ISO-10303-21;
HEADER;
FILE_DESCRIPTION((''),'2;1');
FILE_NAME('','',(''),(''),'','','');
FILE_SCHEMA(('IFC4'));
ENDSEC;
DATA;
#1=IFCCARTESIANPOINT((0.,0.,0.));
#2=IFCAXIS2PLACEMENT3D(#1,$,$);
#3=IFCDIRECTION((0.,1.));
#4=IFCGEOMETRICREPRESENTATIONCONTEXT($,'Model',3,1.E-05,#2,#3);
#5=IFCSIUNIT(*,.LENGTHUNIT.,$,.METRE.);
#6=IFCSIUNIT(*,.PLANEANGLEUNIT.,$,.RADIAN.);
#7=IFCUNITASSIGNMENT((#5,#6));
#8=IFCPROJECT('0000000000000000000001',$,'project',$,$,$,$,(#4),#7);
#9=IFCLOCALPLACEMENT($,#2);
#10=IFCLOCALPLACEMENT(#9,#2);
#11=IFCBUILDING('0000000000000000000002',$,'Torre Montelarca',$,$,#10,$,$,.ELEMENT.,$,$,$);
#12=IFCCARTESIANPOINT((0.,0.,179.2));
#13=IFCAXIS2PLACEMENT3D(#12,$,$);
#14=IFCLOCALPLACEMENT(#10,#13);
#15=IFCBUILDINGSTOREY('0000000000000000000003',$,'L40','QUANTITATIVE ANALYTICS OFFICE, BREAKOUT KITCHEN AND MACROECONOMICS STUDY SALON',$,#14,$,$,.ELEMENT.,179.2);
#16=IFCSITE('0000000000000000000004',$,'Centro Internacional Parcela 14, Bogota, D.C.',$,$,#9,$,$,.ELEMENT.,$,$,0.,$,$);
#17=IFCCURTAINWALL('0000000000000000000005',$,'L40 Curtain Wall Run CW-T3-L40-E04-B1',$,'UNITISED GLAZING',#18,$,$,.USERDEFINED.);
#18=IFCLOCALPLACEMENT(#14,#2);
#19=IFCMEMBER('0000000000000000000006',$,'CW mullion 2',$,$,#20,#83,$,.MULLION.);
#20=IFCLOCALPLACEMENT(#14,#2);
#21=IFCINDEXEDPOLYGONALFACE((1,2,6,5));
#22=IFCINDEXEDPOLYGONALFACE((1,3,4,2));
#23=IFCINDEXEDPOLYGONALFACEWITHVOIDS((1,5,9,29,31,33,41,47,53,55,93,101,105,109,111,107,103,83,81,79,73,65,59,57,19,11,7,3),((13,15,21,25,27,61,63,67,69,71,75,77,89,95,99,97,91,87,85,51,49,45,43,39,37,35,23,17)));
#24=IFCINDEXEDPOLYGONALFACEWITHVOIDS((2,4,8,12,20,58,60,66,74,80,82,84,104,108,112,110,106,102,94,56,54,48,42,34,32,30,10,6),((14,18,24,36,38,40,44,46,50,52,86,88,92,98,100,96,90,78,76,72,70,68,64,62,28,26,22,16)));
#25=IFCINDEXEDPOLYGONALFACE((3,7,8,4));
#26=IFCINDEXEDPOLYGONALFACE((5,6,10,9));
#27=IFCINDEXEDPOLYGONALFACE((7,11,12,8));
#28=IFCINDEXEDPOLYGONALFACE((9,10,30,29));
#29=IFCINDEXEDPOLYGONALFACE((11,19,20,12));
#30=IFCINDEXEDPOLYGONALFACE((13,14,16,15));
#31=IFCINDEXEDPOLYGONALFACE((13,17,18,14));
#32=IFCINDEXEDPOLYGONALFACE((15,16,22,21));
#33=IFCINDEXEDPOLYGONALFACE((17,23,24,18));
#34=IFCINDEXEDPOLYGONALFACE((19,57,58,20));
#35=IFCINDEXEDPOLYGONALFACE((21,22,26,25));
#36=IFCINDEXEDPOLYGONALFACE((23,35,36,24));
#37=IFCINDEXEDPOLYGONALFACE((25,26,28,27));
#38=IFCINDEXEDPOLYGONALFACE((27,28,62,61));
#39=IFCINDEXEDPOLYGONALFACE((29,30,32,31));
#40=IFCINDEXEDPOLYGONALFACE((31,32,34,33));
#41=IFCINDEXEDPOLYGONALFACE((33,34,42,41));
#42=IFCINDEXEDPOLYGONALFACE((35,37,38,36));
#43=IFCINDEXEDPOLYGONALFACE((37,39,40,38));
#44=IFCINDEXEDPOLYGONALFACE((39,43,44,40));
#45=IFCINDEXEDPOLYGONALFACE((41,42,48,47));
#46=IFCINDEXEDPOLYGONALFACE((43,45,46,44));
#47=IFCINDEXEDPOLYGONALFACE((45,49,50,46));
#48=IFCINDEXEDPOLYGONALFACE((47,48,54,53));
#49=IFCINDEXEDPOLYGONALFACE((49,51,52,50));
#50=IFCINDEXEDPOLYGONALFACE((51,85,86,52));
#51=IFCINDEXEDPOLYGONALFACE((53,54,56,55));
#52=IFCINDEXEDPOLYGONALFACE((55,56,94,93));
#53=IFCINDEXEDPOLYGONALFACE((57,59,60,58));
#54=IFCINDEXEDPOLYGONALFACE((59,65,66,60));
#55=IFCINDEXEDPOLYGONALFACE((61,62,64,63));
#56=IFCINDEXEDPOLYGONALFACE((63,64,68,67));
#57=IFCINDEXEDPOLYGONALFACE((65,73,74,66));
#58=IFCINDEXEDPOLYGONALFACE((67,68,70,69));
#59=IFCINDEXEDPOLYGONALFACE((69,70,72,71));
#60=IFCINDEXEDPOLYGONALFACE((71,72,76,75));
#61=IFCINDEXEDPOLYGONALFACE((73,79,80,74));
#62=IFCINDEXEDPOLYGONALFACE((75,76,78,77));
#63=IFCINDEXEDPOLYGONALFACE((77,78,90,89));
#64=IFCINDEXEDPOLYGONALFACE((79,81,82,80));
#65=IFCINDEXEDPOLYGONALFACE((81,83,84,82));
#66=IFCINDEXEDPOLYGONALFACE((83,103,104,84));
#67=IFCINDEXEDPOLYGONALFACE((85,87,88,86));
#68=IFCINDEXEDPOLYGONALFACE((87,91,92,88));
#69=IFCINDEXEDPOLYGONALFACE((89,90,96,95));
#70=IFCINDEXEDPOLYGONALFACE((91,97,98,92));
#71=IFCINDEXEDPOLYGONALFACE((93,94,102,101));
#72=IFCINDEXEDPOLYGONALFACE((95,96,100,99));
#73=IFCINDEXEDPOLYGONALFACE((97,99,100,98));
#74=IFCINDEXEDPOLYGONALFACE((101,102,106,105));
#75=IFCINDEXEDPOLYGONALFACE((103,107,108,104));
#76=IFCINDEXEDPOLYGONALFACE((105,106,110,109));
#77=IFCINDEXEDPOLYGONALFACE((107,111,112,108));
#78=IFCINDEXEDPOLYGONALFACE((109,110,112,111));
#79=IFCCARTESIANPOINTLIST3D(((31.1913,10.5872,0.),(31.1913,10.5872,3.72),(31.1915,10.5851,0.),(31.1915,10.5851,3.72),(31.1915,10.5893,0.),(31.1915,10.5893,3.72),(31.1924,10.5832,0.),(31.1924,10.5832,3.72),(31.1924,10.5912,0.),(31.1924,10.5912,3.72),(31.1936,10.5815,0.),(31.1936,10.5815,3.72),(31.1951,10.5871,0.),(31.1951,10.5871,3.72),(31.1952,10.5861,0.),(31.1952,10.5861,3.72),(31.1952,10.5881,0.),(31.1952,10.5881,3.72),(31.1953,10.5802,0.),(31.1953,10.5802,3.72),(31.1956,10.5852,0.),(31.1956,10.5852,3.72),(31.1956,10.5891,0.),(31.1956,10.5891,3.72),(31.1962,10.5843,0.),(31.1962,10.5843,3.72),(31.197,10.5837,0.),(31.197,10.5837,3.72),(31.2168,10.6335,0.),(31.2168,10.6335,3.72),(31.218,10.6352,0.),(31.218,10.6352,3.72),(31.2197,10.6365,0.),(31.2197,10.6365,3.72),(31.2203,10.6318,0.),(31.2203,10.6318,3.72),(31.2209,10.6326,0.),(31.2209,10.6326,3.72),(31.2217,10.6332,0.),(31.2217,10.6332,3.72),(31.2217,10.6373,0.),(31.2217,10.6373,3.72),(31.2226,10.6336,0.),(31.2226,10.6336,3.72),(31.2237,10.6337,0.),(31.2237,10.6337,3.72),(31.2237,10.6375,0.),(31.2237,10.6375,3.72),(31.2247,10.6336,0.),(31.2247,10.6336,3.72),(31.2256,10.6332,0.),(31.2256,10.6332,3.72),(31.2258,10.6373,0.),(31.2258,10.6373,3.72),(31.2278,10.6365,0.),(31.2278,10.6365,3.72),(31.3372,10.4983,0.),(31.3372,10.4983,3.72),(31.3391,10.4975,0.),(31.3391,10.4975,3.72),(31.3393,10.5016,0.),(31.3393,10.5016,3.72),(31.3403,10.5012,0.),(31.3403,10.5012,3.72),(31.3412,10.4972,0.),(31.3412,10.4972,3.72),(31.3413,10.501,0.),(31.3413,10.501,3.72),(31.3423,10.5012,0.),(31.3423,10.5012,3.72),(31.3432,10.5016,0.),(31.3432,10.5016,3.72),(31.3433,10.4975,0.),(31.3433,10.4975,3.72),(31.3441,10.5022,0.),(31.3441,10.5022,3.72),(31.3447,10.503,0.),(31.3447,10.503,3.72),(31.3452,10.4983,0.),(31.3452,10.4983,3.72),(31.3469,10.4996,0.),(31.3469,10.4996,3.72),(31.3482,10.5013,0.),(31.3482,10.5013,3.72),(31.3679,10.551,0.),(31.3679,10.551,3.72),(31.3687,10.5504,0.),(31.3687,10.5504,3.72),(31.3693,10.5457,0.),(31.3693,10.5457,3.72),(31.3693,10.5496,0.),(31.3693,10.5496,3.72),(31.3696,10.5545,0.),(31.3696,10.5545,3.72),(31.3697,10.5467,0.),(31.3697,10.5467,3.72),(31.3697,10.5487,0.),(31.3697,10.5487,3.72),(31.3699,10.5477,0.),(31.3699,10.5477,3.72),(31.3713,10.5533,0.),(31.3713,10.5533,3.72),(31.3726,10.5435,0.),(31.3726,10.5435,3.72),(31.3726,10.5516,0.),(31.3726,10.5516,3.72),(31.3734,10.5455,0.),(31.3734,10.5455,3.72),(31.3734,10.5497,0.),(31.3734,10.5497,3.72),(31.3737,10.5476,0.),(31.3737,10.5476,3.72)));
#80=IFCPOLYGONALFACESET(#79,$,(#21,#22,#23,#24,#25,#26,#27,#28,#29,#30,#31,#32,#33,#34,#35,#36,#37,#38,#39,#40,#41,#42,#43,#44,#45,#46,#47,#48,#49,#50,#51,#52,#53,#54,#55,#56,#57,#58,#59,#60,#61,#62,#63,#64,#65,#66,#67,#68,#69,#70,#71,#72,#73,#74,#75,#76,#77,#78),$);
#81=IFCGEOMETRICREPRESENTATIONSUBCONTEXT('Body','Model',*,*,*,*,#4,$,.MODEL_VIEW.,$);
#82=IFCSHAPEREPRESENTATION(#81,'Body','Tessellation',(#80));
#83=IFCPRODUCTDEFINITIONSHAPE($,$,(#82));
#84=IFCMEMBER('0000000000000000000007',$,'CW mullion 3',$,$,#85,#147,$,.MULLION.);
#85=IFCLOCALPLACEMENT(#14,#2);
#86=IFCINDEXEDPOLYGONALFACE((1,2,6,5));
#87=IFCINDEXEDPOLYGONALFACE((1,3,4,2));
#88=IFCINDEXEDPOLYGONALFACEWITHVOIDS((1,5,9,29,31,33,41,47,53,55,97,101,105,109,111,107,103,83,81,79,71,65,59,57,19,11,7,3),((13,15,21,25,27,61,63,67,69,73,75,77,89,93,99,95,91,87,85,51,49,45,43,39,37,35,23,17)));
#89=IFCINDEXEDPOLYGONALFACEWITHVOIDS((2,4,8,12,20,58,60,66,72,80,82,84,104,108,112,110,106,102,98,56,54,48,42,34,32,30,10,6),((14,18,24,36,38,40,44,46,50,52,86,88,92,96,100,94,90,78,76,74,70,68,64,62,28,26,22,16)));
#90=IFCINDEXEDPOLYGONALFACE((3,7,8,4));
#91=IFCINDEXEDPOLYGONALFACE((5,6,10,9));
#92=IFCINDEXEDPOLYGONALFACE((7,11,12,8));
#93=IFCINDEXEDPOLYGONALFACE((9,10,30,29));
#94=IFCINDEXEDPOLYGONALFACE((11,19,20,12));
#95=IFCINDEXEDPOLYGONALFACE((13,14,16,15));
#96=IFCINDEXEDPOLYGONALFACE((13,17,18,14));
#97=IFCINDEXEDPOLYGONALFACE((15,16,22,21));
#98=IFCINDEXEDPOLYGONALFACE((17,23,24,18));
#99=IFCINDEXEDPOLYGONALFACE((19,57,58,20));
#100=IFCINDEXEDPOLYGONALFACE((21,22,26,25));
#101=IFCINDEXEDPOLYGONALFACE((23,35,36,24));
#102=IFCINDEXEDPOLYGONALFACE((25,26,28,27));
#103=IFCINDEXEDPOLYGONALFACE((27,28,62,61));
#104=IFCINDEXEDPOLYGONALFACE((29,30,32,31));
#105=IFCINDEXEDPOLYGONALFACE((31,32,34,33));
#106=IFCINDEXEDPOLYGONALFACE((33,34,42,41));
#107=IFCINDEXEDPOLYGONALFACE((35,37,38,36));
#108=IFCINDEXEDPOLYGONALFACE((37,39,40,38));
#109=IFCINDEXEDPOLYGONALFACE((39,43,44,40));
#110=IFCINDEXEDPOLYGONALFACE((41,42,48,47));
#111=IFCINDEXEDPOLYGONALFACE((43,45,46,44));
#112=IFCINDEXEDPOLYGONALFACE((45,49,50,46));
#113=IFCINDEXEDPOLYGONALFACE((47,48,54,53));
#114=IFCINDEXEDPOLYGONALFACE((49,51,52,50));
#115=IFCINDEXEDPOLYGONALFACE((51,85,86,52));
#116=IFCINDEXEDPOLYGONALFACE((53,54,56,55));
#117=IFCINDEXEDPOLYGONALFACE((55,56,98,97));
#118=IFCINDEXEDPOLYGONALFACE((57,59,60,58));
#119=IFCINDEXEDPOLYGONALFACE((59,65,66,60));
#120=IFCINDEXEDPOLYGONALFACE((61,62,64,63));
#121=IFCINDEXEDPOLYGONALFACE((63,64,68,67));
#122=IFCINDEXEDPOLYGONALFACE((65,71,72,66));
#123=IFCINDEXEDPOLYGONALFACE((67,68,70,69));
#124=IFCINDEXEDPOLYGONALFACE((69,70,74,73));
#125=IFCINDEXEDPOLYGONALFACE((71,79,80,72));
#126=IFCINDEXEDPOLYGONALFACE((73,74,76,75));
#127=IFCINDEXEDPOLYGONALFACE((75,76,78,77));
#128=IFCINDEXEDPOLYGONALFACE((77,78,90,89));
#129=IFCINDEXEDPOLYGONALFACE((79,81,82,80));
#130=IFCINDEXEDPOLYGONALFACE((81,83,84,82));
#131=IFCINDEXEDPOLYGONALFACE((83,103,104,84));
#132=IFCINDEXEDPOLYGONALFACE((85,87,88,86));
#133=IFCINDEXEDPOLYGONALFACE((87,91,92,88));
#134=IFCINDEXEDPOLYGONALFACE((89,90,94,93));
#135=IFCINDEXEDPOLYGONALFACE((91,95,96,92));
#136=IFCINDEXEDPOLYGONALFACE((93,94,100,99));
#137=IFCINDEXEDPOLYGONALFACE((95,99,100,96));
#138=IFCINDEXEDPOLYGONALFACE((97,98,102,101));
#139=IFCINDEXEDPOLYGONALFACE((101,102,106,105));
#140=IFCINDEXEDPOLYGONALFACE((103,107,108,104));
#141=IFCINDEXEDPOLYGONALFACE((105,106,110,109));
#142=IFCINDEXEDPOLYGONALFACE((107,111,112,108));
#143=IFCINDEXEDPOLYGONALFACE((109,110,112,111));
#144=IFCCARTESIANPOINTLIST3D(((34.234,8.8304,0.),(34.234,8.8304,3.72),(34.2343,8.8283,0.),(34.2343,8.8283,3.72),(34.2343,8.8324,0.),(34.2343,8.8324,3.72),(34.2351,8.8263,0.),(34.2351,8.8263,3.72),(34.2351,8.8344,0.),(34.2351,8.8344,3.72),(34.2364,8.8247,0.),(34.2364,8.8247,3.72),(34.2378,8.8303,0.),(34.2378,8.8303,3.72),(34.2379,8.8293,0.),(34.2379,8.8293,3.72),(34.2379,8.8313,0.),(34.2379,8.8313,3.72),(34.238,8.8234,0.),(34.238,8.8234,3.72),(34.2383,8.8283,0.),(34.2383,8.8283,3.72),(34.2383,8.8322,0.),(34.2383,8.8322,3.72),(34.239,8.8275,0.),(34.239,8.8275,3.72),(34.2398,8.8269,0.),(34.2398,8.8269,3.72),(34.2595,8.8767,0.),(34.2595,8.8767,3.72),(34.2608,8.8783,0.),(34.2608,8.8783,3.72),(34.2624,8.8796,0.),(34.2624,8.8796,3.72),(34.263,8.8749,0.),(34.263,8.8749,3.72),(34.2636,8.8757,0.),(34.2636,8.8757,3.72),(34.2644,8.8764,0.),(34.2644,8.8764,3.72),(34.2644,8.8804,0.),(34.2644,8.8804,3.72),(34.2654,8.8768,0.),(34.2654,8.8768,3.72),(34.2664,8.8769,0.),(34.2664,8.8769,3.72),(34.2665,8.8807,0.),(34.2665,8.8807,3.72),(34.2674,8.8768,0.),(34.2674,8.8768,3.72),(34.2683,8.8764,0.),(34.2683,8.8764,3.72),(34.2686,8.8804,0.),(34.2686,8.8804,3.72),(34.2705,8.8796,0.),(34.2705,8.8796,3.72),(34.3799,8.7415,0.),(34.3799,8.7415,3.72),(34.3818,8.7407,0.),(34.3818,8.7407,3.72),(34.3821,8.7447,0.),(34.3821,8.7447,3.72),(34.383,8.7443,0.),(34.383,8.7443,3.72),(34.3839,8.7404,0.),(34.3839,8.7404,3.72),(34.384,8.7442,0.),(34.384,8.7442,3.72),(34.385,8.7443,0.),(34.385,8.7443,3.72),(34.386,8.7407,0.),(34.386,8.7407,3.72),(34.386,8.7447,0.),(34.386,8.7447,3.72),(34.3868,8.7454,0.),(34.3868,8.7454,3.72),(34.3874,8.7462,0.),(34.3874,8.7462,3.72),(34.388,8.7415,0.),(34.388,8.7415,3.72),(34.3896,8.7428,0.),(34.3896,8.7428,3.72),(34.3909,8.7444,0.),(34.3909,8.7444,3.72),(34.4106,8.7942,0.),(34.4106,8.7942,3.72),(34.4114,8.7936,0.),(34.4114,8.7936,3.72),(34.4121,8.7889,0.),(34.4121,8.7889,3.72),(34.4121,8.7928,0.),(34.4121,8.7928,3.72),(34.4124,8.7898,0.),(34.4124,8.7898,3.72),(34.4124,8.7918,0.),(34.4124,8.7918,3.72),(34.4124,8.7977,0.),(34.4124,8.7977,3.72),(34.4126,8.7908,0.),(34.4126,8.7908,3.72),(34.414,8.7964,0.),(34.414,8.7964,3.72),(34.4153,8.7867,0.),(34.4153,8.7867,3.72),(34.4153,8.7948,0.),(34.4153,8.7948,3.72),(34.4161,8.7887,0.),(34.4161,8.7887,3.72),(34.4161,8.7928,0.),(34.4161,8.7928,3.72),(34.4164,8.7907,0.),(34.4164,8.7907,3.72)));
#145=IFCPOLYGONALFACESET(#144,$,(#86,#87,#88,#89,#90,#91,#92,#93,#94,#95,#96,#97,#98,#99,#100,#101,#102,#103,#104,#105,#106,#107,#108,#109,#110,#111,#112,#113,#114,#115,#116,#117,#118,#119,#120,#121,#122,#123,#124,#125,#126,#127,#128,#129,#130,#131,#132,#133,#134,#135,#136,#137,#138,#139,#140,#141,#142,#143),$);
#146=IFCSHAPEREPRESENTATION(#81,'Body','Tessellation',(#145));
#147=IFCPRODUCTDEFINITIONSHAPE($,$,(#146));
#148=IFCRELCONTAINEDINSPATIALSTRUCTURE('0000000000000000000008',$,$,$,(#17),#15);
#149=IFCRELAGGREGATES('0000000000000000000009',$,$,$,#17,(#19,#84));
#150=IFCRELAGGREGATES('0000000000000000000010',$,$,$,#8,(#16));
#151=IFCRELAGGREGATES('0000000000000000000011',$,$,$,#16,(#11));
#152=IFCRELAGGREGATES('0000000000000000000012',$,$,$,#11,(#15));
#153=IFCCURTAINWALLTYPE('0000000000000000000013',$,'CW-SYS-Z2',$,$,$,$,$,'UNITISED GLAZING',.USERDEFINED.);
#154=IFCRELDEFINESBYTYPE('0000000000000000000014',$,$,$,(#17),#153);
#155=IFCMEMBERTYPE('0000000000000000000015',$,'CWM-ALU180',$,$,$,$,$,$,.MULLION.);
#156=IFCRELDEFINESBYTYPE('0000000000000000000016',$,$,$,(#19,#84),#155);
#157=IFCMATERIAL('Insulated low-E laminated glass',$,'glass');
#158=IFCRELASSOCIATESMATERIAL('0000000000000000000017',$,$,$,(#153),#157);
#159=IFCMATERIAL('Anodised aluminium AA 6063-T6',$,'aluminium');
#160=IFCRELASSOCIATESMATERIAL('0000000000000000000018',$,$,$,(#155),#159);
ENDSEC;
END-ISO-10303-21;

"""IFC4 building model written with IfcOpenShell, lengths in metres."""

from ifc_helpers import new_model, si_unit, direction, frame, origin, origin_2d, place, context, subcontext, project, spatial, hollow_rectangle, extrude, source, transform, mapped, material, material_profile, profile_set, type_object, element, aggregate, save


model = new_model("IFC4")

# Units and contexts
model_context = context("Model", 3, precision=1e-05, world=origin(), true_north=direction((0.0, 1.0)))
body_context = subcontext(model_context, "Body", "Model", "MODEL_VIEW")
ifc_project = project(units=[si_unit("LENGTHUNIT", "METRE"), si_unit("PLANEANGLEUNIT", "RADIAN")], contexts=[model_context])

# Site, building, storey
site_placement = place(None, origin())
site = spatial("IfcSite", under=ifc_project, at=site_placement, Name="Centro Internacional Parcela 14, Bogota, D.C.", CompositionType="ELEMENT", RefElevation=0.0)
building_placement = place(site_placement, origin())
building = spatial("IfcBuilding", under=site, at=building_placement, Name="Torre Montelarca", CompositionType="ELEMENT")
storey_placement = place(building_placement, frame((0.0, 0.0, 179.2)))
storey = spatial("IfcBuildingStorey", under=building, at=storey_placement, Name="L40", Description="QUANTITATIVE ANALYTICS OFFICE, BREAKOUT KITCHEN AND MACROECONOMICS STUDY SALON", CompositionType="ELEMENT", Elevation=179.2)

# Shared definitions
ifc_material_1 = material(Name="Insulated low-E laminated glass", Category="glass")
curtain_wall_type = type_object("IfcCurtainWallType", Name="CW-SYS-Z2", ElementType="UNITISED GLAZING", PredefinedType="USERDEFINED", material=ifc_material_1)
ifc_material_2 = material(Name="Anodised aluminium AA 6063-T6", Category="aluminium")

# Shared definitions
ifc_material_profile_1 = material_profile(ifc_material_2, hollow_rectangle(XDim=0.0649, YDim=0.1799, WallThickness=0.0039, InnerFilletRadius=0.0039, OuterFilletRadius=0.0081, at=origin_2d()), Name="ALU65X180X4", Category="aluminium")
ifc_profile_set_1 = profile_set([ifc_material_profile_1], Name="Anodised aluminium AA 6063-T6")
member_type_1 = type_object("IfcMemberType", Name="CWM-ALU180", PredefinedType="MULLION", material=ifc_profile_set_1)
shared_shape_1 = source(origin(), body_context, "Body", "SweptSolid", [
    extrude(hollow_rectangle(XDim=0.0649, YDim=0.1799, WallThickness=0.0039, InnerFilletRadius=0.0039, OuterFilletRadius=0.0081, at=origin_2d()), origin(), (0.0, 0.0, 1.0), 3.72),
])

# Curtain wall, members
curtain_wall_1_placement = place(storey_placement, origin())
curtain_wall_1 = element("IfcCurtainWall", 1, at=curtain_wall_1_placement, inside=storey, type_object=curtain_wall_type, Name="L40 Curtain Wall Run CW-T3-L40-E04-B1", ObjectType="UNITISED GLAZING", PredefinedType="USERDEFINED")
member_1_placement = place(storey_placement, frame((31.2825, 10.5674, 0.0), z_axis=(0.0, 0.0, 1.0), x_axis=(0.499995, 0.866028, 0.0)))
member_1 = element("IfcMember", 2, at=member_1_placement, type_object=member_type_1, Name="CW mullion 2", PredefinedType="MULLION", context=body_context, shape_type="MappedRepresentation", body=[
    mapped(shared_shape_1, transform((0.0, 0.0, 0.0), scale=1.0)),
])
member_2_placement = place(storey_placement, frame((34.3252, 8.8105, 0.0), z_axis=(0.0, 0.0, 1.0), x_axis=(0.499995, 0.866028, 0.0)))
member_2 = element("IfcMember", 3, at=member_2_placement, type_object=member_type_1, Name="CW mullion 3", PredefinedType="MULLION", context=body_context, shape_type="MappedRepresentation", body=[
    mapped(shared_shape_1, transform((0.0, 0.0, 0.0), scale=1.0)),
])

aggregate(curtain_wall_1, [member_1, member_2])

save(model, "model.ifc")
